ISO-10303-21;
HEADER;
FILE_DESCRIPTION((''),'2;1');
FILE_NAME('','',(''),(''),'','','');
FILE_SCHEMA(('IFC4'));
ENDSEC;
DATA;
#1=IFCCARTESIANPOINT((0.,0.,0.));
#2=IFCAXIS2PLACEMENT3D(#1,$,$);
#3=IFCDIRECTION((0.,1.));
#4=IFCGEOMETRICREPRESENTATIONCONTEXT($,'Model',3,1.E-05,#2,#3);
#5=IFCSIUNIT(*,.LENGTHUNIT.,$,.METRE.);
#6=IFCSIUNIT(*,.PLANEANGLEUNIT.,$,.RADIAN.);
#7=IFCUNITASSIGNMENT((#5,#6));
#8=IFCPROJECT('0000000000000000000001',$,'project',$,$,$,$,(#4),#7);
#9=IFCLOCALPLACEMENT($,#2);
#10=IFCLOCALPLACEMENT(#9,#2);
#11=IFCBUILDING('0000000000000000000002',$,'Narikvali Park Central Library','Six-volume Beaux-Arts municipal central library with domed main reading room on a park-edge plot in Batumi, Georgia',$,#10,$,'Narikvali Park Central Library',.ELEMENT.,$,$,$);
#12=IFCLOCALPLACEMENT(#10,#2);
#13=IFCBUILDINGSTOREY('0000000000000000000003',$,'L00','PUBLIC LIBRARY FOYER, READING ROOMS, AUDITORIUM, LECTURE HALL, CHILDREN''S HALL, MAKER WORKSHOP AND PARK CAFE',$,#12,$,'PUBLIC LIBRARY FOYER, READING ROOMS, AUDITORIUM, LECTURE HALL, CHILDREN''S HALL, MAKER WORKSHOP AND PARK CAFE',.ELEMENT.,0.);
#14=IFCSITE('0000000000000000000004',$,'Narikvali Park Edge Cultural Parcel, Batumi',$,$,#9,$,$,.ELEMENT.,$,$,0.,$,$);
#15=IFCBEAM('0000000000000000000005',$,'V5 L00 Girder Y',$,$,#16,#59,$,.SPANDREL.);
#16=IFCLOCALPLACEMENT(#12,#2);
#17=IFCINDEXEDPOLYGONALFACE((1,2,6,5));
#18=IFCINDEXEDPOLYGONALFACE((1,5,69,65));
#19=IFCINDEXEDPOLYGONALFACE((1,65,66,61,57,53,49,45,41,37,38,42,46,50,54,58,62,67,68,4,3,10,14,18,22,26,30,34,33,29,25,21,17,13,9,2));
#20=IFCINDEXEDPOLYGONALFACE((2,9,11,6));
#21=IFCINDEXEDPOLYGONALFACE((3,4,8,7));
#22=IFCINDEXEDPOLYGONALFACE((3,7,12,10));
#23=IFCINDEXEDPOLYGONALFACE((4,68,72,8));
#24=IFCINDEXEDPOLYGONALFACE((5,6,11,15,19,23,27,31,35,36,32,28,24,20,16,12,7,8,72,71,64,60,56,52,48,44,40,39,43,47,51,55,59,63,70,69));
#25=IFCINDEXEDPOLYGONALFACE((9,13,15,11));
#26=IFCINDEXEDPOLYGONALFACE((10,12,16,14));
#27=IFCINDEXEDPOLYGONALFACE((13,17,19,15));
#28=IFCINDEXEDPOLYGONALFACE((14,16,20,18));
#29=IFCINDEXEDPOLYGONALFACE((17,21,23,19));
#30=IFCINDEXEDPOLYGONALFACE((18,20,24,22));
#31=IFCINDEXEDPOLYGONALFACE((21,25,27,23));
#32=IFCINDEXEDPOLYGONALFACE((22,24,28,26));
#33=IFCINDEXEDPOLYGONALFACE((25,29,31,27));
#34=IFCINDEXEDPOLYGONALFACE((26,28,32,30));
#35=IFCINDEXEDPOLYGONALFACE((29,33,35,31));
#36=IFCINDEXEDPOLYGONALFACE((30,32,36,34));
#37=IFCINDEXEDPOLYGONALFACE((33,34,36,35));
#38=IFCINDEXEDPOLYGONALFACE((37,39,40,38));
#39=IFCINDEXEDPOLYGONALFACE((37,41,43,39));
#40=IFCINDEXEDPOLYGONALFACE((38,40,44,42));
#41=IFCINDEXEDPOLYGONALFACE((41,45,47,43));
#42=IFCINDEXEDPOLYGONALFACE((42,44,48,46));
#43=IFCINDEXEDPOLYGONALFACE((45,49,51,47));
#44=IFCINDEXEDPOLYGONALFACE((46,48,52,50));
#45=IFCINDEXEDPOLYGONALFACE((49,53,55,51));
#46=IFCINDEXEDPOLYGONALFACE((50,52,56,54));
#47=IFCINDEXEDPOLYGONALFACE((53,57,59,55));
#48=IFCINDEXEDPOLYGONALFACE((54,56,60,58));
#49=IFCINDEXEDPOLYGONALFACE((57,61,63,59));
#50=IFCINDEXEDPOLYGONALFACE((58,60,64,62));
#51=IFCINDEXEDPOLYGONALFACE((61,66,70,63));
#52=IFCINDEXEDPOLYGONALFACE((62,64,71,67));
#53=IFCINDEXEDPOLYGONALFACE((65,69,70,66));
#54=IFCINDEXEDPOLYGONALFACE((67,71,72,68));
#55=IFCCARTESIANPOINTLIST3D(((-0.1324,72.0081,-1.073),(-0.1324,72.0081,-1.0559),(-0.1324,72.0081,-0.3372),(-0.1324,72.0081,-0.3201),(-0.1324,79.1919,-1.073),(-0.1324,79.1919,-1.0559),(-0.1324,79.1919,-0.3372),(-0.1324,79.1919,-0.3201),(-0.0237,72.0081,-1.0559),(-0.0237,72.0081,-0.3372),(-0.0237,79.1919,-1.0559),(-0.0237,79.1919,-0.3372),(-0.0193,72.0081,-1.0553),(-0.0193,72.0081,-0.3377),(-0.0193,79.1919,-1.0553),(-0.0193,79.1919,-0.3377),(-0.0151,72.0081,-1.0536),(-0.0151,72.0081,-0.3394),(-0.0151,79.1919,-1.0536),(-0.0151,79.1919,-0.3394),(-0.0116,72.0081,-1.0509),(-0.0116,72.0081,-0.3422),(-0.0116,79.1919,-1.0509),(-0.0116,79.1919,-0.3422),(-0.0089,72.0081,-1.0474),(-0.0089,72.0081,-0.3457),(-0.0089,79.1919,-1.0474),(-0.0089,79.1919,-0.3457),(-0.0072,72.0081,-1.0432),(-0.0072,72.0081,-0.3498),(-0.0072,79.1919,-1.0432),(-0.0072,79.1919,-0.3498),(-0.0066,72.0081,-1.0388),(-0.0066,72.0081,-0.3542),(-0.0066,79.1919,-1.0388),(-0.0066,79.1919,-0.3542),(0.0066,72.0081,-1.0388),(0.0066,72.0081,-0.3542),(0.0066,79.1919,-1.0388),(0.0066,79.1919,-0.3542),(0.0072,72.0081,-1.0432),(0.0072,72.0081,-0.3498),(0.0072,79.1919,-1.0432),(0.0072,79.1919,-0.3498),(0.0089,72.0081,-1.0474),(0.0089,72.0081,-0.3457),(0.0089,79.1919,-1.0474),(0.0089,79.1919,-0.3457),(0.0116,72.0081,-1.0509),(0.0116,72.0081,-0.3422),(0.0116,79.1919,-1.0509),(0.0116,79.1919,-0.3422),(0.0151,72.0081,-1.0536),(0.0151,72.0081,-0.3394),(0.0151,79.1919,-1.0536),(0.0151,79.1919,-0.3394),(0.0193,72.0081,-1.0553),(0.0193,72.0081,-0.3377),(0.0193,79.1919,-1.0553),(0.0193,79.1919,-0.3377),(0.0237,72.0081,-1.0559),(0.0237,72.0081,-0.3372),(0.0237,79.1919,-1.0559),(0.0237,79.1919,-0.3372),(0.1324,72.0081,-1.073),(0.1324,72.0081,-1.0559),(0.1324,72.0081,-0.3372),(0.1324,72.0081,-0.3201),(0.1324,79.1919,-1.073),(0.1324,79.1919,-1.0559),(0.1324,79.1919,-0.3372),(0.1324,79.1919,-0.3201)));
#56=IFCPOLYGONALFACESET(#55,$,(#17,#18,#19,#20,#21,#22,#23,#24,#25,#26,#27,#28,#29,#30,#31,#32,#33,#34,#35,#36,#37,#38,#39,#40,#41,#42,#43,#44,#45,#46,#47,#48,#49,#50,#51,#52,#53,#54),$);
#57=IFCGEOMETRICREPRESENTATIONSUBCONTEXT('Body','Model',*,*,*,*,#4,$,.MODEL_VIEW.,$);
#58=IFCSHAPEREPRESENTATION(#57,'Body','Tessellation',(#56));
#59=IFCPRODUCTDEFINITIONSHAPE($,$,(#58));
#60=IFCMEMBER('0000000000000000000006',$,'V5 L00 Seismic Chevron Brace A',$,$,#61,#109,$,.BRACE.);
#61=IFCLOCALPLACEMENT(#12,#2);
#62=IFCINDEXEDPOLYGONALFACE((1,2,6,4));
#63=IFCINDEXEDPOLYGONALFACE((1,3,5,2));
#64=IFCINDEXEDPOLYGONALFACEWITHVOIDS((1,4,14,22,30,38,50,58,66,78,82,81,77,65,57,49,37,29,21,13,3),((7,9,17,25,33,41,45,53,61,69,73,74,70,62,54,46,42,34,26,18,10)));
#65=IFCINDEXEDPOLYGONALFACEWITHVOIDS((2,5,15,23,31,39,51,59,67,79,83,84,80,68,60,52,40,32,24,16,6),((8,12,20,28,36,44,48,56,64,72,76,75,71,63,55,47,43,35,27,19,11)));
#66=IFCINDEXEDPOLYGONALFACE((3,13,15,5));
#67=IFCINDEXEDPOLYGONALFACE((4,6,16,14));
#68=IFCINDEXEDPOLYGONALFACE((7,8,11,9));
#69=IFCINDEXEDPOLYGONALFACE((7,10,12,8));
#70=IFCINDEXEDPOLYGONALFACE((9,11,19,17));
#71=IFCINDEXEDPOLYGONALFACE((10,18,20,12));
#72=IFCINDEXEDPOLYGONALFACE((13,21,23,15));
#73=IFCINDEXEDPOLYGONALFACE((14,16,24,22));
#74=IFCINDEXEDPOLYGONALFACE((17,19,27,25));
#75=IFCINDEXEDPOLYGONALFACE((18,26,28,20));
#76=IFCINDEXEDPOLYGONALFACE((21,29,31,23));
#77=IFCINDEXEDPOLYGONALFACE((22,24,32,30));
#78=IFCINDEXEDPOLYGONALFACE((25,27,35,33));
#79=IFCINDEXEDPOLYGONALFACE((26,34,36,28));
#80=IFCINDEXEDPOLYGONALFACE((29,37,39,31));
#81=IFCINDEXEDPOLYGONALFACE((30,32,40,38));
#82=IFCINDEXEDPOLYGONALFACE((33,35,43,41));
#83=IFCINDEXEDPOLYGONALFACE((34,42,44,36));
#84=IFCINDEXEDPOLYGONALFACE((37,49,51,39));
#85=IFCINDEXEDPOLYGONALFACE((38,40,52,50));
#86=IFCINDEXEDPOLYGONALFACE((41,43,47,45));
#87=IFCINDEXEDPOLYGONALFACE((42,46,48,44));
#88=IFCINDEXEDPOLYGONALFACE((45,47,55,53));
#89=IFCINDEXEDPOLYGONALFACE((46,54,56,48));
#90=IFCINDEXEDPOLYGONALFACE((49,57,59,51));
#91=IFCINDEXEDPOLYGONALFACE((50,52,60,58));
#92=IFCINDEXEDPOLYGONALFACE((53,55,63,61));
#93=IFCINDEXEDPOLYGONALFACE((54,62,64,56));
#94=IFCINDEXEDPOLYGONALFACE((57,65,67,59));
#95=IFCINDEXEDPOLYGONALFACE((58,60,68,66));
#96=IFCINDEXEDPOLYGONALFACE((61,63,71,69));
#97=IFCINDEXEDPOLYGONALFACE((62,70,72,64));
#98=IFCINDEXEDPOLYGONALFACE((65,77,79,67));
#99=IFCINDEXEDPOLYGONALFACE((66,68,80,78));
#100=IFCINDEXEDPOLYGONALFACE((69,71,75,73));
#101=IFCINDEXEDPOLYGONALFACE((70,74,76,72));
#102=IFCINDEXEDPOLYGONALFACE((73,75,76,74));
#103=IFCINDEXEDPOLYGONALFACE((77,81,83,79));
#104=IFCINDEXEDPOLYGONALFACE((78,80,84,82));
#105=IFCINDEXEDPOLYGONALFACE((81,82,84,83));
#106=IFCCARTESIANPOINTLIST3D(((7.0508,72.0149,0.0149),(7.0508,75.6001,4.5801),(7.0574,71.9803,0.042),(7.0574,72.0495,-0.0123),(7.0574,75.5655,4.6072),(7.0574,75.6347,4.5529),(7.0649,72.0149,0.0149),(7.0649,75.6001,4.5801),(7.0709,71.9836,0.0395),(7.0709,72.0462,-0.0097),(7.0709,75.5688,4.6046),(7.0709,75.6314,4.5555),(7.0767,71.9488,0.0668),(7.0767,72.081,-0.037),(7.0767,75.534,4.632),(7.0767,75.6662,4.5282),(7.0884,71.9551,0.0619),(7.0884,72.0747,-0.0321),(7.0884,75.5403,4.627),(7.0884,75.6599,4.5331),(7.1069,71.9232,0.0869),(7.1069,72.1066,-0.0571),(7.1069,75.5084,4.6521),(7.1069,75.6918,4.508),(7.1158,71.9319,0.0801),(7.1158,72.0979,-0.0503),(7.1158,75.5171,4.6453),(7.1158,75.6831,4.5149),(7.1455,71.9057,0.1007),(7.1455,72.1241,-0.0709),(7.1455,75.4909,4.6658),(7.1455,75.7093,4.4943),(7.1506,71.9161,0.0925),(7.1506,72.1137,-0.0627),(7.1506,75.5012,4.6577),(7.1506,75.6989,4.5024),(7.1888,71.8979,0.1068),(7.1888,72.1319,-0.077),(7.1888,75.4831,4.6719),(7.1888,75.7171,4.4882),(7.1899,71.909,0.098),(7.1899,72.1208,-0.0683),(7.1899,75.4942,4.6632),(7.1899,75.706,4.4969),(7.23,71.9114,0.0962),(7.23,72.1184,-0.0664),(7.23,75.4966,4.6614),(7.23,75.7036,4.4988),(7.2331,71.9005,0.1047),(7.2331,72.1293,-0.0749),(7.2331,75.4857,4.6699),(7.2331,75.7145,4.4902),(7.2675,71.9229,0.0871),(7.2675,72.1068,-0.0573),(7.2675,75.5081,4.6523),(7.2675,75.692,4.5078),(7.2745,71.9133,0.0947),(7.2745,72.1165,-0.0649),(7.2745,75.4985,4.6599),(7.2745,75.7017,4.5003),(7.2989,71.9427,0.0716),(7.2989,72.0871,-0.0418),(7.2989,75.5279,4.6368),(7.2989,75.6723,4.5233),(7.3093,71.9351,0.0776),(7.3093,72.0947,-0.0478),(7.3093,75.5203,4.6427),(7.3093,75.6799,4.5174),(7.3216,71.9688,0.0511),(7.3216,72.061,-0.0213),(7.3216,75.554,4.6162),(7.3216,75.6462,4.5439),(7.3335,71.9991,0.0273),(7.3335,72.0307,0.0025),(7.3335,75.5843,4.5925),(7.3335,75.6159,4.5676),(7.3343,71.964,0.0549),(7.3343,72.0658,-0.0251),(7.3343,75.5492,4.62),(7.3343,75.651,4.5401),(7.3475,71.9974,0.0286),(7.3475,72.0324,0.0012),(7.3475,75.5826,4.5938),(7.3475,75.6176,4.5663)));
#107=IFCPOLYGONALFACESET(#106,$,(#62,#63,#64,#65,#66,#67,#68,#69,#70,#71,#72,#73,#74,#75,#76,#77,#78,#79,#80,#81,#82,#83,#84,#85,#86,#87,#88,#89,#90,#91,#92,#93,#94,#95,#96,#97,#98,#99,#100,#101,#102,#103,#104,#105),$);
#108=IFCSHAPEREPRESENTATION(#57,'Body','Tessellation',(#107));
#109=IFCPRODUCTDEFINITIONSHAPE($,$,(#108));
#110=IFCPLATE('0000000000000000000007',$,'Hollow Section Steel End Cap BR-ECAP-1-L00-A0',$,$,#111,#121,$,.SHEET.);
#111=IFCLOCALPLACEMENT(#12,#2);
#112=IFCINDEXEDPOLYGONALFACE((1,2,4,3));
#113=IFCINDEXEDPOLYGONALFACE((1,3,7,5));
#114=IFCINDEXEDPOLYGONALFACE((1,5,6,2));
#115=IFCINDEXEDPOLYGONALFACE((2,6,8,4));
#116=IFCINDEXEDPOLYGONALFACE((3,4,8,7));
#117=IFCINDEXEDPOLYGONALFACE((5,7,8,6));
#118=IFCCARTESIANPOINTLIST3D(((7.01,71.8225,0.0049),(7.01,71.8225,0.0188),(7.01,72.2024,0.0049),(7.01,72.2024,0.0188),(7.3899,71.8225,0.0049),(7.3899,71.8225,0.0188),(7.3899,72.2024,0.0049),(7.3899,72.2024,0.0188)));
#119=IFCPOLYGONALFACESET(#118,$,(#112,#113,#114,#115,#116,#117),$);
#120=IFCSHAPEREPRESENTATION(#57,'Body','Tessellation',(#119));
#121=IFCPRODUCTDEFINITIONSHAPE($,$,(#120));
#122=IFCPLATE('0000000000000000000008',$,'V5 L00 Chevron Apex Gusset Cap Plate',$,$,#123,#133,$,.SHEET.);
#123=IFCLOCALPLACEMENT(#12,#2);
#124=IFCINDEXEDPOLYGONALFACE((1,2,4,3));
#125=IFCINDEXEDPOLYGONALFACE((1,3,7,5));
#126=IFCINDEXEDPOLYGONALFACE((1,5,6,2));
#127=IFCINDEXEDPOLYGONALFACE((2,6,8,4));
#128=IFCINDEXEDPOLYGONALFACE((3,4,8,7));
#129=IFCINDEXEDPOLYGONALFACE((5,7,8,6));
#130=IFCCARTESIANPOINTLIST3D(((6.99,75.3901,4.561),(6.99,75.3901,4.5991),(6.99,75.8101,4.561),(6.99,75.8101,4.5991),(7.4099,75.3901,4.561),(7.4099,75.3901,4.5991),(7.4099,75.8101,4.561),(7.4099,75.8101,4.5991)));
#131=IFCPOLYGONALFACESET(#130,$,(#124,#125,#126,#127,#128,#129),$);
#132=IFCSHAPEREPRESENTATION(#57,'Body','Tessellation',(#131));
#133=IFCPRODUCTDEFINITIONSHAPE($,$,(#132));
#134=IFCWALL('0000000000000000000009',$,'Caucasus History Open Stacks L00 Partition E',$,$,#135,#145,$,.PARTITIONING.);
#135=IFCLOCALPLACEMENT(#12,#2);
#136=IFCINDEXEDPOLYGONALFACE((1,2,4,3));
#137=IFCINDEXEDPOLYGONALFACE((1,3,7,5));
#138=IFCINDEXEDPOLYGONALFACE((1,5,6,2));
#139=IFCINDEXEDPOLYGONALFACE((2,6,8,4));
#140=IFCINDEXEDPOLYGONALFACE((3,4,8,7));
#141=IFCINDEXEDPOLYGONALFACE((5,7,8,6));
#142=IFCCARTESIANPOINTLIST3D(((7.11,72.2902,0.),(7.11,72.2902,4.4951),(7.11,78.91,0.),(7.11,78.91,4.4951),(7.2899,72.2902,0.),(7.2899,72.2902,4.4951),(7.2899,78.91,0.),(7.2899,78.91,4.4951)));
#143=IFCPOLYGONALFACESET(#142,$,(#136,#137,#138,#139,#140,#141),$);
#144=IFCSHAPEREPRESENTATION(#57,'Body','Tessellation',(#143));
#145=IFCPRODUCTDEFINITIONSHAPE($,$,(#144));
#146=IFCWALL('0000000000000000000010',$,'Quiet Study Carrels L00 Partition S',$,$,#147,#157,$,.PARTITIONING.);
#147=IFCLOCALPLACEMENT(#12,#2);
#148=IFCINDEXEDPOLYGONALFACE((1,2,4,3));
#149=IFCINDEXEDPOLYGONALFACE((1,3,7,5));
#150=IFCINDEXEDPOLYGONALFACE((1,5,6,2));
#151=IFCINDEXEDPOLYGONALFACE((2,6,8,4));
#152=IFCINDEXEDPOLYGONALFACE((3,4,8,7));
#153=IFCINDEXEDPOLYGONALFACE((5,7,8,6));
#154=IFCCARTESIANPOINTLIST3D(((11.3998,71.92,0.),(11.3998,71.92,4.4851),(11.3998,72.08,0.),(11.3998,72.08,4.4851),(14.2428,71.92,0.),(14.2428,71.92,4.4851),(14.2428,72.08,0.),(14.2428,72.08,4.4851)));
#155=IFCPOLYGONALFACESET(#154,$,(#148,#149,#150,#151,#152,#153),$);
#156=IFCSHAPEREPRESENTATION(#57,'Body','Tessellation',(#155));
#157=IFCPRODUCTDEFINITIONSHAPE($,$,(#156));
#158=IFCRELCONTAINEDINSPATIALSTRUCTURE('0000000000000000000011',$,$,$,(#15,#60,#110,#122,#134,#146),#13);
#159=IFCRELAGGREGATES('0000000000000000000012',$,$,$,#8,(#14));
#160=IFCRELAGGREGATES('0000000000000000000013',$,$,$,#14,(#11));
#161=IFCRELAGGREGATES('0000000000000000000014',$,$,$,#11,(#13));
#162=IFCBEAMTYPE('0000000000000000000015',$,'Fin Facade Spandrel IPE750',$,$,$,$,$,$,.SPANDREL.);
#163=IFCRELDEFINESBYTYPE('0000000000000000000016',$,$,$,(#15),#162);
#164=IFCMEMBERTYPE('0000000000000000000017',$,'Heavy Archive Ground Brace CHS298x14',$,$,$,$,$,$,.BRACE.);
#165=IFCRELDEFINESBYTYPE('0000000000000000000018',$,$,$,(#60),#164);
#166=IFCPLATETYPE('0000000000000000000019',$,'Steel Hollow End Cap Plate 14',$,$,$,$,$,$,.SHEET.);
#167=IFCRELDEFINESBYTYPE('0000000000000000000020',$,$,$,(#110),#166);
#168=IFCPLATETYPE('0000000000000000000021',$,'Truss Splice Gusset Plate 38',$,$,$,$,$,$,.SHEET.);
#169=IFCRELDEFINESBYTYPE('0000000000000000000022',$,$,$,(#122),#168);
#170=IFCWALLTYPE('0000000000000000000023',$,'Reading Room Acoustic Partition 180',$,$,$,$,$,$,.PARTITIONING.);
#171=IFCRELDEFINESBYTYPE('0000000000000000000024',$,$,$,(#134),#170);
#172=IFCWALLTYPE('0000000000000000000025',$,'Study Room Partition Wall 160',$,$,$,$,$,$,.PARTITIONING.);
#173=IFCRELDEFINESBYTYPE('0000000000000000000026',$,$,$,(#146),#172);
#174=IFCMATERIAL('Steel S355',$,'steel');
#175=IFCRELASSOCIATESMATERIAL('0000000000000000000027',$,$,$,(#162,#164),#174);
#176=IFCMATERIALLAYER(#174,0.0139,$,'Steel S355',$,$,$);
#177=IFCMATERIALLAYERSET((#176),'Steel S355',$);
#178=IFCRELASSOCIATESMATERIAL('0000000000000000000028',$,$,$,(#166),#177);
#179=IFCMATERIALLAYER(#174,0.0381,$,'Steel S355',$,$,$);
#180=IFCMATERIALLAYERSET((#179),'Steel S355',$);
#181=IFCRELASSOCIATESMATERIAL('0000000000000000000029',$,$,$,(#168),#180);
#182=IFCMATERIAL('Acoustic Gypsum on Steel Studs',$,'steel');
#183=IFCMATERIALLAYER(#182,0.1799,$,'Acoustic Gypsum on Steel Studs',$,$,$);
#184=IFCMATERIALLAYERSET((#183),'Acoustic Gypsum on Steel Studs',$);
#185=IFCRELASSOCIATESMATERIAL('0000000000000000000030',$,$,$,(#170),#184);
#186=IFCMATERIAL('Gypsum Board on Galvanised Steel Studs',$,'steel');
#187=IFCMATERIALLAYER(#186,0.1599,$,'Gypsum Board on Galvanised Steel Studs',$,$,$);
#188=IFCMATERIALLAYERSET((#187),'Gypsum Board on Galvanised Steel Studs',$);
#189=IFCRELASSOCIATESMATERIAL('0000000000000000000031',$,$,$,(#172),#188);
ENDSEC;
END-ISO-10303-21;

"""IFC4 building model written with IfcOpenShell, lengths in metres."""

from ifc_helpers import new_model, si_unit, direction, frame, frame_2d, origin, origin_2d, place, context, subcontext, project, spatial, rectangle, hollow_circle, i_section, extrude, material, layer, layer_set, material_profile, profile_set, type_object, element, save


model = new_model("IFC4")

# Units and contexts
model_context = context("Model", 3, precision=1e-05, world=origin(), true_north=direction((0.0, 1.0)))
body_context = subcontext(model_context, "Body", "Model", "MODEL_VIEW")
ifc_project = project(units=[si_unit("LENGTHUNIT", "METRE"), si_unit("PLANEANGLEUNIT", "RADIAN")], contexts=[model_context])

# Site, building, storey
site_placement = place(None, origin())
site = spatial("IfcSite", under=ifc_project, at=site_placement, Name="Narikvali Park Edge Cultural Parcel, Batumi", CompositionType="ELEMENT", RefElevation=0.0)
building_placement = place(site_placement, origin())
building = spatial("IfcBuilding", under=site, at=building_placement, Name="Narikvali Park Central Library", Description="Six-volume Beaux-Arts municipal central library with domed main reading room on a park-edge plot in Batumi, Georgia", LongName="Narikvali Park Central Library", CompositionType="ELEMENT")
storey_placement = place(building_placement, origin())
storey = spatial("IfcBuildingStorey", under=building, at=storey_placement, Name="L00", Description="PUBLIC LIBRARY FOYER, READING ROOMS, AUDITORIUM, LECTURE HALL, CHILDREN'S HALL, MAKER WORKSHOP AND PARK CAFE", LongName="PUBLIC LIBRARY FOYER, READING ROOMS, AUDITORIUM, LECTURE HALL, CHILDREN'S HALL, MAKER WORKSHOP AND PARK CAFE", CompositionType="ELEMENT", Elevation=0.0)

# Shared definitions
ifc_material_1 = material(Name="Steel S355", Category="steel")

# Beam
ifc_material_profile_1 = material_profile(ifc_material_1, i_section(OverallWidth=0.2649, OverallDepth=0.7529, WebThickness=0.0132, FlangeThickness=0.0171, FilletRadius=0.0171, at=origin_2d()), Name="IPE 750x147")
ifc_profile_set_1 = profile_set([ifc_material_profile_1], Name="Steel S355")
beam_type_1 = type_object("IfcBeamType", Name="Fin Facade Spandrel IPE750", PredefinedType="SPANDREL", material=ifc_profile_set_1)
beam_1_placement = place(storey_placement, frame((0.0, 72.0081, -0.6965), z_axis=(0.0, 1.0, 0.0), x_axis=(-1.0, 0.0, 0.0)))
element("IfcBeam", 1, at=beam_1_placement, inside=storey, type_object=beam_type_1, Name="V5 L00 Girder Y", PredefinedType="SPANDREL", context=body_context, shape_type="SweptSolid", body=[
    extrude(i_section(OverallWidth=0.2649, OverallDepth=0.7529, WebThickness=0.0132, FlangeThickness=0.0171, FilletRadius=0.0171, at=origin_2d()), origin(), (0.0, 0.0, 1.0), 7.1838),
])

# Member
ifc_material_profile_2 = material_profile(ifc_material_1, hollow_circle(Radius=0.1492, WallThickness=0.0142, at=origin_2d()), Name="CHS 298.5x14.2")
ifc_profile_set_2 = profile_set([ifc_material_profile_2], Name="Steel S355")
member_type = type_object("IfcMemberType", Name="Heavy Archive Ground Brace CHS298x14", PredefinedType="BRACE", material=ifc_profile_set_2)
member_placement = place(storey_placement, frame((7.2, 72.0149, 0.0149), z_axis=(0.0, 0.617638, 0.786463), x_axis=(-1.0, 0.0, 0.0)))
element("IfcMember", 2, at=member_placement, inside=storey, type_object=member_type, Name="V5 L00 Seismic Chevron Brace A", PredefinedType="BRACE", context=body_context, shape_type="SweptSolid", body=[
    extrude(hollow_circle(Radius=0.1492, WallThickness=0.0142, at=origin_2d()), origin(), (0.0, 0.0, 1.0), 5.8047),
])

# Plates
ifc_layer_1 = layer(ifc_material_1, 0.0139, Name="Steel S355")
ifc_layer_set_1 = layer_set([ifc_layer_1], Name="Steel S355")
plate_type_1 = type_object("IfcPlateType", Name="Steel Hollow End Cap Plate 14", PredefinedType="SHEET", material=ifc_layer_set_1)
plate_1_placement = place(storey_placement, frame((7.2, 72.0125, 0.0049), z_axis=(0.0, 0.0, 1.0), x_axis=(1.0, 0.0, 0.0)))
element("IfcPlate", 3, at=plate_1_placement, inside=storey, type_object=plate_type_1, Name="Hollow Section Steel End Cap BR-ECAP-1-L00-A0", PredefinedType="SHEET", context=body_context, shape_type="SweptSolid", body=[
    extrude(rectangle(XDim=0.3799, YDim=0.3799, at=origin_2d()), origin(), (0.0, 0.0, 1.0), 0.0139),
])
ifc_layer_2 = layer(ifc_material_1, 0.0381, Name="Steel S355")
ifc_layer_set_2 = layer_set([ifc_layer_2], Name="Steel S355")
plate_type_2 = type_object("IfcPlateType", Name="Truss Splice Gusset Plate 38", PredefinedType="SHEET", material=ifc_layer_set_2)
plate_2_placement = place(storey_placement, frame((7.2, 75.6001, 4.561), z_axis=(0.0, 0.0, 1.0), x_axis=(1.0, 0.0, 0.0)))
element("IfcPlate", 4, at=plate_2_placement, inside=storey, type_object=plate_type_2, Name="V5 L00 Chevron Apex Gusset Cap Plate", PredefinedType="SHEET", context=body_context, shape_type="SweptSolid", body=[
    extrude(rectangle(XDim=0.4199, YDim=0.4199, at=origin_2d()), origin(), (0.0, 0.0, 1.0), 0.0381),
])

# Walls
ifc_material_2 = material(Name="Acoustic Gypsum on Steel Studs", Category="steel")
ifc_layer_3 = layer(ifc_material_2, 0.1799, Name="Acoustic Gypsum on Steel Studs")
ifc_layer_set_3 = layer_set([ifc_layer_3], Name="Acoustic Gypsum on Steel Studs")
wall_type_1 = type_object("IfcWallType", Name="Reading Room Acoustic Partition 180", PredefinedType="PARTITIONING", material=ifc_layer_set_3)
wall_1_placement = place(storey_placement, frame((7.2, 72.29, 0.0), z_axis=(0.0, 0.0, 1.0), x_axis=(0.0, 1.0, 0.0)))
element("IfcWall", 5, at=wall_1_placement, inside=storey, type_object=wall_type_1, Name="Caucasus History Open Stacks L00 Partition E", PredefinedType="PARTITIONING", context=body_context, shape_type="SweptSolid", body=[
    extrude(rectangle(XDim=6.6199, YDim=0.1799, at=frame_2d((3.3101, 0.0))), origin(), (0.0, 0.0, 1.0), 4.4951),
])
ifc_material_3 = material(Name="Gypsum Board on Galvanised Steel Studs", Category="steel")
ifc_layer_4 = layer(ifc_material_3, 0.1599, Name="Gypsum Board on Galvanised Steel Studs")
ifc_layer_set_4 = layer_set([ifc_layer_4], Name="Gypsum Board on Galvanised Steel Studs")
wall_type_2 = type_object("IfcWallType", Name="Study Room Partition Wall 160", PredefinedType="PARTITIONING", material=ifc_layer_set_4)
wall_2_placement = place(storey_placement, frame((11.3999, 72.0, 0.0), z_axis=(0.0, 0.0, 1.0), x_axis=(1.0, 0.0, 0.0)))
element("IfcWall", 6, at=wall_2_placement, inside=storey, type_object=wall_type_2, Name="Quiet Study Carrels L00 Partition S", PredefinedType="PARTITIONING", context=body_context, shape_type="SweptSolid", body=[
    extrude(rectangle(XDim=2.843, YDim=0.1599, at=frame_2d((1.4214, 0.0))), origin(), (0.0, 0.0, 1.0), 4.4851),
])

save(model, "model.ifc")
